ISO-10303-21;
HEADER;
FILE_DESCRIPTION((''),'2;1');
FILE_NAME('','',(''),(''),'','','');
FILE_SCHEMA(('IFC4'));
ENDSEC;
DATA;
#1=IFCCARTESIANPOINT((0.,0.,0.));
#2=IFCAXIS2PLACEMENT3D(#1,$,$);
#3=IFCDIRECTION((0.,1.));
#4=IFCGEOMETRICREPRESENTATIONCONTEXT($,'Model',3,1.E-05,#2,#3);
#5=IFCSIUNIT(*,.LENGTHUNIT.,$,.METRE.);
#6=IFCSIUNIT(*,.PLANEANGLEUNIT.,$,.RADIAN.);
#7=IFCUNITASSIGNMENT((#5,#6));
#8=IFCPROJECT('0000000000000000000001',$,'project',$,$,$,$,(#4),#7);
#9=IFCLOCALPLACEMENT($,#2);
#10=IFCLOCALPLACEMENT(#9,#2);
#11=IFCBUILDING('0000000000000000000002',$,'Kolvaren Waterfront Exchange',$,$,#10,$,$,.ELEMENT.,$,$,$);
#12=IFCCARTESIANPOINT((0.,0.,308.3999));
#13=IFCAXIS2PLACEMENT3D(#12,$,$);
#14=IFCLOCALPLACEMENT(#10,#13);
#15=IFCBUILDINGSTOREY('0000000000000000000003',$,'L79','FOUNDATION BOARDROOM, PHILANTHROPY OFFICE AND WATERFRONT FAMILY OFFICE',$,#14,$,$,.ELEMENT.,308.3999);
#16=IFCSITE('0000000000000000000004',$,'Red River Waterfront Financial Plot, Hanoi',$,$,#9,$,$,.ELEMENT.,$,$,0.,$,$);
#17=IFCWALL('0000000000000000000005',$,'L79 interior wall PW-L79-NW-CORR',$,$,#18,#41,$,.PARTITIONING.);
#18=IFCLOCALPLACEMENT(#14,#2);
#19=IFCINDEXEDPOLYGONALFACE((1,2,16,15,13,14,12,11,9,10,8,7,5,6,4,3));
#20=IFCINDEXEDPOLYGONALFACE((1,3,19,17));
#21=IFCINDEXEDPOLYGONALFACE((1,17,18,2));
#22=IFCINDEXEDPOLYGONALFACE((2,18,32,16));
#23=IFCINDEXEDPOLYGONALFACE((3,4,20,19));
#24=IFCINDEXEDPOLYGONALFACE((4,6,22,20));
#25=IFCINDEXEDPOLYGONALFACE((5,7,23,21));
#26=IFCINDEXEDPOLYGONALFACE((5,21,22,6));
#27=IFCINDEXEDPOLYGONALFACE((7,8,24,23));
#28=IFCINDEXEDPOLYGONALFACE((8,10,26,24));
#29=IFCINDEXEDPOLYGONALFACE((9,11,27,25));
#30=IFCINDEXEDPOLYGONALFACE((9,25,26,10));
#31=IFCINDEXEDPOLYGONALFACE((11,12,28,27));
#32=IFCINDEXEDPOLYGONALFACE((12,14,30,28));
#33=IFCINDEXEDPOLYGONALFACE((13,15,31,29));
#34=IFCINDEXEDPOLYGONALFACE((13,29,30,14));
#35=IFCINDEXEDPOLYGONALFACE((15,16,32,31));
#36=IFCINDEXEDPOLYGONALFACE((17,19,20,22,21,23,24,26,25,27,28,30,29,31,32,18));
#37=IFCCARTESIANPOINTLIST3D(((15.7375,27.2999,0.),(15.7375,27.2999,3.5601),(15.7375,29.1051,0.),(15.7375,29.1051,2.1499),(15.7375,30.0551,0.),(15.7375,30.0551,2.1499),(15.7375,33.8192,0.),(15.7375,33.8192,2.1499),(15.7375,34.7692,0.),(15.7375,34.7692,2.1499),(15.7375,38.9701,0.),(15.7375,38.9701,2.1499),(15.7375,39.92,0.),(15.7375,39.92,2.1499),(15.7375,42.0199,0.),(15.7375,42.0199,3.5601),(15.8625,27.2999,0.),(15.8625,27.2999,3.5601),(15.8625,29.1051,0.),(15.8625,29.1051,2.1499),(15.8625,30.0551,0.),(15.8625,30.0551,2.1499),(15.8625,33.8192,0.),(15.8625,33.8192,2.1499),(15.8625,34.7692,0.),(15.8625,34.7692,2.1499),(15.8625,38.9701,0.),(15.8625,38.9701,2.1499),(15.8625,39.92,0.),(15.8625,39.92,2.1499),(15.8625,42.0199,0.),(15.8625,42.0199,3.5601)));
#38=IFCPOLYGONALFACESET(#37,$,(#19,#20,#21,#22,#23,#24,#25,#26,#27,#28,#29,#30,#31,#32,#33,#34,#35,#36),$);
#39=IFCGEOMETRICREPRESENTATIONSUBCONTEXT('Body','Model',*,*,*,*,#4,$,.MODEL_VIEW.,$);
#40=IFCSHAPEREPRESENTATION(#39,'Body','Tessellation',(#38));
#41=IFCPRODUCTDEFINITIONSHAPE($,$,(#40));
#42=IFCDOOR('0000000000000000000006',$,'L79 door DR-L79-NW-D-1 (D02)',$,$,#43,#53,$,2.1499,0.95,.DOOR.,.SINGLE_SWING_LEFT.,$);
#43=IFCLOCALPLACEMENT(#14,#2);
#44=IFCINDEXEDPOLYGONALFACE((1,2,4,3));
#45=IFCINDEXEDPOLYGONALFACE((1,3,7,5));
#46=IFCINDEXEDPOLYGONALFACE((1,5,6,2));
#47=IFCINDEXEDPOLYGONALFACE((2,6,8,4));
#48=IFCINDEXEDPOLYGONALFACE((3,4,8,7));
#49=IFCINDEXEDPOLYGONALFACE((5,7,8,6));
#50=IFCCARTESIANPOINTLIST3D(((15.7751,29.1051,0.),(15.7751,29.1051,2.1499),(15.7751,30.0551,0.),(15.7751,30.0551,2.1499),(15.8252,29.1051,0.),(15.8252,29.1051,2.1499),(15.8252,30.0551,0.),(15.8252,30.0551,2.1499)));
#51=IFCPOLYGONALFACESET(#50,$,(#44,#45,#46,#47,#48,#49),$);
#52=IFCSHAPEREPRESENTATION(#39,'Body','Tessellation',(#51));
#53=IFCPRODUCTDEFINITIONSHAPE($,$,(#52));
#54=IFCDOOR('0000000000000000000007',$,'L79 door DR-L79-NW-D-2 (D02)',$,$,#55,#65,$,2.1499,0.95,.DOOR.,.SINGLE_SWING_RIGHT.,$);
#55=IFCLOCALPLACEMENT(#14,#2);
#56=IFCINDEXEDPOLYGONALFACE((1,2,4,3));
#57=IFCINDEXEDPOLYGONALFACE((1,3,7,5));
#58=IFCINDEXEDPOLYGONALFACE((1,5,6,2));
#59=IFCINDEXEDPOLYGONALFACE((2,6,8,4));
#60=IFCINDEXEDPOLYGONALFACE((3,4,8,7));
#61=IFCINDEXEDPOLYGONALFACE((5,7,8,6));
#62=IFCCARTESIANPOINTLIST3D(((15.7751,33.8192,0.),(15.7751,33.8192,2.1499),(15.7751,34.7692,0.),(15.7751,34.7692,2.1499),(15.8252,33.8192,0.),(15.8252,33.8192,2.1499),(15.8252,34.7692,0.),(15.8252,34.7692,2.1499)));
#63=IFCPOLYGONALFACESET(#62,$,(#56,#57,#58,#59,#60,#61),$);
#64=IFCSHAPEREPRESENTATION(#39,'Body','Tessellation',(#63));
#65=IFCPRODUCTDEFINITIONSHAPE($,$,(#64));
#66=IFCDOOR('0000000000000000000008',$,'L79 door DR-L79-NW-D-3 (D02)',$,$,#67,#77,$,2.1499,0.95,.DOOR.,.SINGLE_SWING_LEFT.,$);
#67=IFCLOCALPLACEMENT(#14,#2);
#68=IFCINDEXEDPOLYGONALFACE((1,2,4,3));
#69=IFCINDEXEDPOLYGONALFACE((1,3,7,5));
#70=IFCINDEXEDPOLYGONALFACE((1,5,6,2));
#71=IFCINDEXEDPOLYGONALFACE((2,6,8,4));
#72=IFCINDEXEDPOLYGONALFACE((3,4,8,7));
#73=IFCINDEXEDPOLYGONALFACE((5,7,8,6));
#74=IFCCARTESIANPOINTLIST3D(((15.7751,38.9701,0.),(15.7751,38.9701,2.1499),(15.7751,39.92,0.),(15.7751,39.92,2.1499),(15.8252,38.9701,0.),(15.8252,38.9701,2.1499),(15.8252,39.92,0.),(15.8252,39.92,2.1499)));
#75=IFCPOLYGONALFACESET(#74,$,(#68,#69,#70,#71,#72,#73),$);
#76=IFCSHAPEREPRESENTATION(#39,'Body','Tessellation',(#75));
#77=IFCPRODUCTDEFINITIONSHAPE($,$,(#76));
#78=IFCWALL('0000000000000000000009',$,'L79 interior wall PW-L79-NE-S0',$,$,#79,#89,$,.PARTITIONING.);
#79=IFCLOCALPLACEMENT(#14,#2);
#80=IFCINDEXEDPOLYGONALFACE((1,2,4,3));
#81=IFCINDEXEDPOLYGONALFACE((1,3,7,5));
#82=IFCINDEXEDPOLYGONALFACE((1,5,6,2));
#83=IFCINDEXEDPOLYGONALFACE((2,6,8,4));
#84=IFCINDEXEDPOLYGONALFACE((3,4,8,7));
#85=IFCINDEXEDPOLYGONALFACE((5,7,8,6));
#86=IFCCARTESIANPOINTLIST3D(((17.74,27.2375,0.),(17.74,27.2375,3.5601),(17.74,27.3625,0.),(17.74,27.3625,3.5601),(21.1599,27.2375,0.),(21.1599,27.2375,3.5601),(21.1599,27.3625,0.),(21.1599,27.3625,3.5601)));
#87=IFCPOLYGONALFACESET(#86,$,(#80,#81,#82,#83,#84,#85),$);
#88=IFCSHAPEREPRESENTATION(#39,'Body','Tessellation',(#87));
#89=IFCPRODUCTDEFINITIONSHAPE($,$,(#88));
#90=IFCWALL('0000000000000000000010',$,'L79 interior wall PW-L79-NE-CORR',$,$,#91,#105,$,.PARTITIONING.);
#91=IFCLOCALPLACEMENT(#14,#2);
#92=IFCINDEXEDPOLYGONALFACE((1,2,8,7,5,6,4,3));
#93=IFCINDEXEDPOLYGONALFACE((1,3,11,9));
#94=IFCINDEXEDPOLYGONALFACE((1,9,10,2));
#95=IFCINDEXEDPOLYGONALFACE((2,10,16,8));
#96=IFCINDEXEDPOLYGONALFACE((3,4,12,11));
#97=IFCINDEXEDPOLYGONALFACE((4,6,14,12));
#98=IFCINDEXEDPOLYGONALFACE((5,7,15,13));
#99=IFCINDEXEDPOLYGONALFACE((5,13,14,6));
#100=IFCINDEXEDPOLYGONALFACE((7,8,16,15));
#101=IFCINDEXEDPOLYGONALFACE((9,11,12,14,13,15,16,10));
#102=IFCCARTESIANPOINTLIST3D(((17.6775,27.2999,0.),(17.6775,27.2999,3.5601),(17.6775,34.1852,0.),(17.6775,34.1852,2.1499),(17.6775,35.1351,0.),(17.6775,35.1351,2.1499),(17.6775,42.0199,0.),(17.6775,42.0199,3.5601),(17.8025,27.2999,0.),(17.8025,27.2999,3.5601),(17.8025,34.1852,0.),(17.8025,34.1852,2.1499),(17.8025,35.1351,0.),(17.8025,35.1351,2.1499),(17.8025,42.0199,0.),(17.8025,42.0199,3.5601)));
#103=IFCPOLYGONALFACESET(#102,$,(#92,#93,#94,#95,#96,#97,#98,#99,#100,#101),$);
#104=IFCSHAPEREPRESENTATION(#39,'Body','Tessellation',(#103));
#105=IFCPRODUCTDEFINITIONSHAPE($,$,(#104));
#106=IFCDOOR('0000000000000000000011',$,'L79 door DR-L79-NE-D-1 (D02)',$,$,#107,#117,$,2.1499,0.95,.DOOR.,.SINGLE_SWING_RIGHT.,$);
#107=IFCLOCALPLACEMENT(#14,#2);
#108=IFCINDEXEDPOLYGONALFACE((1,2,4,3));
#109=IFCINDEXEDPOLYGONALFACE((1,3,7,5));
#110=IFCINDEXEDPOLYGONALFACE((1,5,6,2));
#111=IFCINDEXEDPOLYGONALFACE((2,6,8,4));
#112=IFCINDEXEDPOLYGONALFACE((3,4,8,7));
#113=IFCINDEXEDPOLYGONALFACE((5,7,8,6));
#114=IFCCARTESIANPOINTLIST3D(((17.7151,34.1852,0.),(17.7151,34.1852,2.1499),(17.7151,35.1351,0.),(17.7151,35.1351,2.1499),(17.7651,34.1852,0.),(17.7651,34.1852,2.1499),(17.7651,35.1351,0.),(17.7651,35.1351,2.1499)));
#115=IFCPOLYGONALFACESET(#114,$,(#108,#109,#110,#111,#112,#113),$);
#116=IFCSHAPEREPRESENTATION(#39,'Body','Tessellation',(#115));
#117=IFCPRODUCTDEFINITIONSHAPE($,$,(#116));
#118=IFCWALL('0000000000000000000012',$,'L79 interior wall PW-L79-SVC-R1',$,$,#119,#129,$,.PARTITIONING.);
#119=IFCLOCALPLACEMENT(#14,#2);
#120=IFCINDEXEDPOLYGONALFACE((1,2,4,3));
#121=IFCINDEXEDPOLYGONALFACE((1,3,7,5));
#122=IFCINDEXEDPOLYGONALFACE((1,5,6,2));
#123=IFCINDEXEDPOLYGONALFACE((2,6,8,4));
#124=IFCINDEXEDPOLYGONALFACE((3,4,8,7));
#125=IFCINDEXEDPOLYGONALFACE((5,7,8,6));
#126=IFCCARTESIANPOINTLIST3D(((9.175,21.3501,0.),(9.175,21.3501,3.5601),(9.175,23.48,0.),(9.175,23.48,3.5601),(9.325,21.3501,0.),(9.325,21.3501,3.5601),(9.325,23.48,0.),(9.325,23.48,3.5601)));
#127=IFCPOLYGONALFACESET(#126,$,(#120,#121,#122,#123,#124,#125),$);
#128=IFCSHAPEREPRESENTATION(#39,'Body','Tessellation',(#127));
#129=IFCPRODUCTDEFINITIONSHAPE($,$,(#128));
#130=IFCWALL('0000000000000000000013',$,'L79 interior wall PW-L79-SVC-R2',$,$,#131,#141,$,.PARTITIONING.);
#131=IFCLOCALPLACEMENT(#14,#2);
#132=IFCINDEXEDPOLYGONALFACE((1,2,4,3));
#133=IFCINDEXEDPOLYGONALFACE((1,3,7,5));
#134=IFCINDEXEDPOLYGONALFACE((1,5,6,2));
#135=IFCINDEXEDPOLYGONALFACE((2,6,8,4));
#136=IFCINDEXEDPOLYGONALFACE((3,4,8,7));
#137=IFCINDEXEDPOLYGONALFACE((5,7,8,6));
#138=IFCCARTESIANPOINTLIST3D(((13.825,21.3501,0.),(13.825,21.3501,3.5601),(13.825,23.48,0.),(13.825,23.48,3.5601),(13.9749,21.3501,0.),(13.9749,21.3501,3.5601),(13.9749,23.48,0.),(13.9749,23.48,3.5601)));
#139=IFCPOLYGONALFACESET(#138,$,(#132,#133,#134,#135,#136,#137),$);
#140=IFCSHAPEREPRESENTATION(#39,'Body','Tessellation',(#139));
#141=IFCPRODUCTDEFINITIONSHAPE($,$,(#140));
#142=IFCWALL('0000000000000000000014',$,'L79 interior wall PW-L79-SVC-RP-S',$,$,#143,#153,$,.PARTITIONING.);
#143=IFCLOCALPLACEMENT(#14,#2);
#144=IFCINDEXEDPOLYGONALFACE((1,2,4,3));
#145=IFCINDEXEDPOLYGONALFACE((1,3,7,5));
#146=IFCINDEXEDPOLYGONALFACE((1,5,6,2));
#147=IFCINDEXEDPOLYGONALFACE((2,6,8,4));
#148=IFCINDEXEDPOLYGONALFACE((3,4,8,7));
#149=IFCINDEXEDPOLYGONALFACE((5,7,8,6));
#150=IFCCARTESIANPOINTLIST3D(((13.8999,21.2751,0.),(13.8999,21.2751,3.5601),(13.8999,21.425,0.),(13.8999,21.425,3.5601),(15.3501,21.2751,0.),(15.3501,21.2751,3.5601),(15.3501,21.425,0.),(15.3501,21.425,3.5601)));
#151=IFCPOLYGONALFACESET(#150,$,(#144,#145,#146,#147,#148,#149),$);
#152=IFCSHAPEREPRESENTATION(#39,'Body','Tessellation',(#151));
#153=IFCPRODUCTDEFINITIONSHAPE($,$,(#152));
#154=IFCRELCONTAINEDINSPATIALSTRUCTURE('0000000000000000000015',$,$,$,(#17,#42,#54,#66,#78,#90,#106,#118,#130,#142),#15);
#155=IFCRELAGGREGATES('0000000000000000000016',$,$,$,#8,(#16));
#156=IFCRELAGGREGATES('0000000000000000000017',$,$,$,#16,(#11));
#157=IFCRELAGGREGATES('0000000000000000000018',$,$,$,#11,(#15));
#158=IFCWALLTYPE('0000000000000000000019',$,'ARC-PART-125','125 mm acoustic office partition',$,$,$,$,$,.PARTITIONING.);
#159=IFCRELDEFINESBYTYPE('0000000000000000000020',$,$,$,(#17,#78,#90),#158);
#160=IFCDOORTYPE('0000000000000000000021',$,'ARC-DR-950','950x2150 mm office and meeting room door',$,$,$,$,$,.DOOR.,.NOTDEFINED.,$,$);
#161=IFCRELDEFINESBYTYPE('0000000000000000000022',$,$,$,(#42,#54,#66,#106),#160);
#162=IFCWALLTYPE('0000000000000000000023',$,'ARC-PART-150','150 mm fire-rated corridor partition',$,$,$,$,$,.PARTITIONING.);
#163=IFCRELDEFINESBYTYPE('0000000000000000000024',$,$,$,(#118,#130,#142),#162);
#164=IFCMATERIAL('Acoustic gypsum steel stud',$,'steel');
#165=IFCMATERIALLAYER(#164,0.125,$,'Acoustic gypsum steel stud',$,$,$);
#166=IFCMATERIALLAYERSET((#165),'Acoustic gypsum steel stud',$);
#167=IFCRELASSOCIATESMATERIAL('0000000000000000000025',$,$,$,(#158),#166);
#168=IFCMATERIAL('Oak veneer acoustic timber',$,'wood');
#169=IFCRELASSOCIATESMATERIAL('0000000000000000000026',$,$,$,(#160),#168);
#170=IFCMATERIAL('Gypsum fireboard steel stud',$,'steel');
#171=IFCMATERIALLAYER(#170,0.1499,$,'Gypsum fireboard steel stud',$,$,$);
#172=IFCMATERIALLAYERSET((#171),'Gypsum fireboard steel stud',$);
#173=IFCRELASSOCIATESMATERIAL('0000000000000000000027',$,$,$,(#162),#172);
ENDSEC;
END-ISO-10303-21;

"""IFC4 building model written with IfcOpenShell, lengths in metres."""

from ifc_helpers import new_model, si_unit, direction, frame, frame_2d, origin, place, context, subcontext, project, spatial, rectangle, extrude, material, layer, layer_set, type_object, element, fill, save


model = new_model("IFC4")

# Units and contexts
model_context = context("Model", 3, precision=1e-05, world=origin(), true_north=direction((0.0, 1.0)))
body_context = subcontext(model_context, "Body", "Model", "MODEL_VIEW")
ifc_project = project(units=[si_unit("LENGTHUNIT", "METRE"), si_unit("PLANEANGLEUNIT", "RADIAN")], contexts=[model_context])

# Site, building, storey
site_placement = place(None, origin())
site = spatial("IfcSite", under=ifc_project, at=site_placement, Name="Red River Waterfront Financial Plot, Hanoi", CompositionType="ELEMENT", RefElevation=0.0)
building_placement = place(site_placement, origin())
building = spatial("IfcBuilding", under=site, at=building_placement, Name="Kolvaren Waterfront Exchange", CompositionType="ELEMENT")
storey_placement = place(building_placement, frame((0.0, 0.0, 308.3999)))
storey = spatial("IfcBuildingStorey", under=building, at=storey_placement, Name="L79", Description="FOUNDATION BOARDROOM, PHILANTHROPY OFFICE AND WATERFRONT FAMILY OFFICE", CompositionType="ELEMENT", Elevation=308.3999)

# Shared definitions
ifc_material_1 = material(Name="Acoustic gypsum steel stud", Category="steel")
ifc_layer_1 = layer(ifc_material_1, 0.125, Name="Acoustic gypsum steel stud")
ifc_layer_set_1 = layer_set([ifc_layer_1], Name="Acoustic gypsum steel stud")
wall_type_1 = type_object("IfcWallType", Name="ARC-PART-125", Description="125 mm acoustic office partition", PredefinedType="PARTITIONING", material=ifc_layer_set_1)

# Wall, openings, doors
wall_1_placement = place(storey_placement, frame((15.8, 27.3, 0.0), z_axis=(0.0, 0.0, 1.0), x_axis=(0.0, 1.0, 0.0)))
wall_1 = element("IfcWall", 1, at=wall_1_placement, inside=storey, type_object=wall_type_1, Name="L79 interior wall PW-L79-NW-CORR", PredefinedType="PARTITIONING", context=body_context, shape_type="SweptSolid", body=[
    extrude(rectangle(XDim=14.72, YDim=0.125, at=frame_2d((7.3599, 0.0))), origin(), (0.0, 0.0, 1.0), 3.5601),
])
opening_1_placement = place(wall_1_placement, frame((1.8049, 0.0, 0.0)))
opening_1 = element("IfcOpeningElement", 2, at=opening_1_placement, cuts=wall_1, PredefinedType="OPENING", context=body_context, shape_type="SweptSolid", body=[
    extrude(rectangle(XDim=0.95, YDim=2.1499, at=frame_2d((0.4751, 1.075))), frame((0.0, 0.0725, 0.0), z_axis=(0.0, -1.0, 0.0), x_axis=(1.0, 0.0, 0.0)), (0.0, 0.0, 1.0), 0.145),
])
opening_2_placement = place(wall_1_placement, frame((6.519, 0.0, 0.0)))
opening_2 = element("IfcOpeningElement", 3, at=opening_2_placement, cuts=wall_1, PredefinedType="OPENING", context=body_context, shape_type="SweptSolid", body=[
    extrude(rectangle(XDim=0.95, YDim=2.1499, at=frame_2d((0.4751, 1.075))), frame((0.0, 0.0725, 0.0), z_axis=(0.0, -1.0, 0.0), x_axis=(1.0, 0.0, 0.0)), (0.0, 0.0, 1.0), 0.145),
])
opening_3_placement = place(wall_1_placement, frame((11.6699, 0.0, 0.0)))
opening_3 = element("IfcOpeningElement", 4, at=opening_3_placement, cuts=wall_1, PredefinedType="OPENING", context=body_context, shape_type="SweptSolid", body=[
    extrude(rectangle(XDim=0.95, YDim=2.1499, at=frame_2d((0.4751, 1.075))), frame((0.0, 0.0725, 0.0), z_axis=(0.0, -1.0, 0.0), x_axis=(1.0, 0.0, 0.0)), (0.0, 0.0, 1.0), 0.145),
])
ifc_material_2 = material(Name="Oak veneer acoustic timber", Category="wood")
door_type_1 = type_object("IfcDoorType", Name="ARC-DR-950", Description="950x2150 mm office and meeting room door", OperationType="NOTDEFINED", PredefinedType="DOOR", material=ifc_material_2)
door_1_placement = place(opening_1_placement, origin())
door_1 = element("IfcDoor", 5, at=door_1_placement, inside=storey, type_object=door_type_1, Name="L79 door DR-L79-NW-D-1 (D02)", OperationType="SINGLE_SWING_LEFT", OverallHeight=2.1499, OverallWidth=0.95, PredefinedType="DOOR", context=body_context, shape_type="SweptSolid", body=[
    extrude(rectangle(XDim=0.95, YDim=2.1499, at=frame_2d((0.4751, 1.075))), frame((0.0, 0.0249, 0.0), z_axis=(0.0, -1.0, 0.0), x_axis=(1.0, 0.0, 0.0)), (0.0, 0.0, 1.0), 0.05),
])
fill(opening_1, door_1)
door_2_placement = place(opening_2_placement, origin())
door_2 = element("IfcDoor", 6, at=door_2_placement, inside=storey, type_object=door_type_1, Name="L79 door DR-L79-NW-D-2 (D02)", OperationType="SINGLE_SWING_RIGHT", OverallHeight=2.1499, OverallWidth=0.95, PredefinedType="DOOR", context=body_context, shape_type="SweptSolid", body=[
    extrude(rectangle(XDim=0.95, YDim=2.1499, at=frame_2d((0.4751, 1.075))), frame((0.0, 0.0249, 0.0), z_axis=(0.0, -1.0, 0.0), x_axis=(1.0, 0.0, 0.0)), (0.0, 0.0, 1.0), 0.05),
])
fill(opening_2, door_2)
door_3_placement = place(opening_3_placement, origin())
door_3 = element("IfcDoor", 7, at=door_3_placement, inside=storey, type_object=door_type_1, Name="L79 door DR-L79-NW-D-3 (D02)", OperationType="SINGLE_SWING_LEFT", OverallHeight=2.1499, OverallWidth=0.95, PredefinedType="DOOR", context=body_context, shape_type="SweptSolid", body=[
    extrude(rectangle(XDim=0.95, YDim=2.1499, at=frame_2d((0.4751, 1.075))), frame((0.0, 0.0249, 0.0), z_axis=(0.0, -1.0, 0.0), x_axis=(1.0, 0.0, 0.0)), (0.0, 0.0, 1.0), 0.05),
])
fill(opening_3, door_3)

# Wall
wall_2_placement = place(storey_placement, frame((17.74, 27.3, 0.0), z_axis=(0.0, 0.0, 1.0), x_axis=(1.0, 0.0, 0.0)))
element("IfcWall", 8, at=wall_2_placement, inside=storey, type_object=wall_type_1, Name="L79 interior wall PW-L79-NE-S0", PredefinedType="PARTITIONING", context=body_context, shape_type="SweptSolid", body=[
    extrude(rectangle(XDim=3.4199, YDim=0.125, at=frame_2d((1.71, 0.0))), origin(), (0.0, 0.0, 1.0), 3.5601),
])

# Wall, opening, door
wall_3_placement = place(storey_placement, frame((17.74, 27.3, 0.0), z_axis=(0.0, 0.0, 1.0), x_axis=(0.0, 1.0, 0.0)))
wall_3 = element("IfcWall", 9, at=wall_3_placement, inside=storey, type_object=wall_type_1, Name="L79 interior wall PW-L79-NE-CORR", PredefinedType="PARTITIONING", context=body_context, shape_type="SweptSolid", body=[
    extrude(rectangle(XDim=14.72, YDim=0.125, at=frame_2d((7.3599, 0.0))), origin(), (0.0, 0.0, 1.0), 3.5601),
])
opening_4_placement = place(wall_3_placement, frame((6.885, 0.0, 0.0)))
opening_4 = element("IfcOpeningElement", 10, at=opening_4_placement, cuts=wall_3, PredefinedType="OPENING", context=body_context, shape_type="SweptSolid", body=[
    extrude(rectangle(XDim=0.95, YDim=2.1499, at=frame_2d((0.4751, 1.075))), frame((0.0, 0.0725, 0.0), z_axis=(0.0, -1.0, 0.0), x_axis=(1.0, 0.0, 0.0)), (0.0, 0.0, 1.0), 0.145),
])
door_4_placement = place(opening_4_placement, origin())
door_4 = element("IfcDoor", 11, at=door_4_placement, inside=storey, type_object=door_type_1, Name="L79 door DR-L79-NE-D-1 (D02)", OperationType="SINGLE_SWING_RIGHT", OverallHeight=2.1499, OverallWidth=0.95, PredefinedType="DOOR", context=body_context, shape_type="SweptSolid", body=[
    extrude(rectangle(XDim=0.95, YDim=2.1499, at=frame_2d((0.4751, 1.075))), frame((0.0, 0.0249, 0.0), z_axis=(0.0, -1.0, 0.0), x_axis=(1.0, 0.0, 0.0)), (0.0, 0.0, 1.0), 0.05),
])
fill(opening_4, door_4)

# Walls
ifc_material_3 = material(Name="Gypsum fireboard steel stud", Category="steel")
ifc_layer_2 = layer(ifc_material_3, 0.1499, Name="Gypsum fireboard steel stud")
ifc_layer_set_2 = layer_set([ifc_layer_2], Name="Gypsum fireboard steel stud")
wall_type_2 = type_object("IfcWallType", Name="ARC-PART-150", Description="150 mm fire-rated corridor partition", PredefinedType="PARTITIONING", material=ifc_layer_set_2)
for number, where, z_axis, x_axis, name in (
    (12, (9.25, 21.3501, 0.0), (0.0, 0.0, 1.0), (0.0, 1.0, 0.0), "L79 interior wall PW-L79-SVC-R1"),
    (13, (13.8999, 21.3501, 0.0), (0.0, 0.0, 1.0), (0.0, 1.0, 0.0), "L79 interior wall PW-L79-SVC-R2"),
):
    element("IfcWall", number, at=place(storey_placement, frame(where, z_axis=z_axis, x_axis=x_axis)), inside=storey, type_object=wall_type_2, Name=name, PredefinedType="PARTITIONING", context=body_context, shape_type="SweptSolid", body=[
        extrude(rectangle(XDim=2.1299, YDim=0.1499, at=frame_2d((1.0649, 0.0))), origin(), (0.0, 0.0, 1.0), 3.5601),
    ])
wall_4_placement = place(storey_placement, frame((13.8999, 21.3501, 0.0), z_axis=(0.0, 0.0, 1.0), x_axis=(1.0, 0.0, 0.0)))
element("IfcWall", 14, at=wall_4_placement, inside=storey, type_object=wall_type_2, Name="L79 interior wall PW-L79-SVC-RP-S", PredefinedType="PARTITIONING", context=body_context, shape_type="SweptSolid", body=[
    extrude(rectangle(XDim=1.4502, YDim=0.1499, at=frame_2d((0.7251, 0.0))), origin(), (0.0, 0.0, 1.0), 3.5601),
])

save(model, "model.ifc")
